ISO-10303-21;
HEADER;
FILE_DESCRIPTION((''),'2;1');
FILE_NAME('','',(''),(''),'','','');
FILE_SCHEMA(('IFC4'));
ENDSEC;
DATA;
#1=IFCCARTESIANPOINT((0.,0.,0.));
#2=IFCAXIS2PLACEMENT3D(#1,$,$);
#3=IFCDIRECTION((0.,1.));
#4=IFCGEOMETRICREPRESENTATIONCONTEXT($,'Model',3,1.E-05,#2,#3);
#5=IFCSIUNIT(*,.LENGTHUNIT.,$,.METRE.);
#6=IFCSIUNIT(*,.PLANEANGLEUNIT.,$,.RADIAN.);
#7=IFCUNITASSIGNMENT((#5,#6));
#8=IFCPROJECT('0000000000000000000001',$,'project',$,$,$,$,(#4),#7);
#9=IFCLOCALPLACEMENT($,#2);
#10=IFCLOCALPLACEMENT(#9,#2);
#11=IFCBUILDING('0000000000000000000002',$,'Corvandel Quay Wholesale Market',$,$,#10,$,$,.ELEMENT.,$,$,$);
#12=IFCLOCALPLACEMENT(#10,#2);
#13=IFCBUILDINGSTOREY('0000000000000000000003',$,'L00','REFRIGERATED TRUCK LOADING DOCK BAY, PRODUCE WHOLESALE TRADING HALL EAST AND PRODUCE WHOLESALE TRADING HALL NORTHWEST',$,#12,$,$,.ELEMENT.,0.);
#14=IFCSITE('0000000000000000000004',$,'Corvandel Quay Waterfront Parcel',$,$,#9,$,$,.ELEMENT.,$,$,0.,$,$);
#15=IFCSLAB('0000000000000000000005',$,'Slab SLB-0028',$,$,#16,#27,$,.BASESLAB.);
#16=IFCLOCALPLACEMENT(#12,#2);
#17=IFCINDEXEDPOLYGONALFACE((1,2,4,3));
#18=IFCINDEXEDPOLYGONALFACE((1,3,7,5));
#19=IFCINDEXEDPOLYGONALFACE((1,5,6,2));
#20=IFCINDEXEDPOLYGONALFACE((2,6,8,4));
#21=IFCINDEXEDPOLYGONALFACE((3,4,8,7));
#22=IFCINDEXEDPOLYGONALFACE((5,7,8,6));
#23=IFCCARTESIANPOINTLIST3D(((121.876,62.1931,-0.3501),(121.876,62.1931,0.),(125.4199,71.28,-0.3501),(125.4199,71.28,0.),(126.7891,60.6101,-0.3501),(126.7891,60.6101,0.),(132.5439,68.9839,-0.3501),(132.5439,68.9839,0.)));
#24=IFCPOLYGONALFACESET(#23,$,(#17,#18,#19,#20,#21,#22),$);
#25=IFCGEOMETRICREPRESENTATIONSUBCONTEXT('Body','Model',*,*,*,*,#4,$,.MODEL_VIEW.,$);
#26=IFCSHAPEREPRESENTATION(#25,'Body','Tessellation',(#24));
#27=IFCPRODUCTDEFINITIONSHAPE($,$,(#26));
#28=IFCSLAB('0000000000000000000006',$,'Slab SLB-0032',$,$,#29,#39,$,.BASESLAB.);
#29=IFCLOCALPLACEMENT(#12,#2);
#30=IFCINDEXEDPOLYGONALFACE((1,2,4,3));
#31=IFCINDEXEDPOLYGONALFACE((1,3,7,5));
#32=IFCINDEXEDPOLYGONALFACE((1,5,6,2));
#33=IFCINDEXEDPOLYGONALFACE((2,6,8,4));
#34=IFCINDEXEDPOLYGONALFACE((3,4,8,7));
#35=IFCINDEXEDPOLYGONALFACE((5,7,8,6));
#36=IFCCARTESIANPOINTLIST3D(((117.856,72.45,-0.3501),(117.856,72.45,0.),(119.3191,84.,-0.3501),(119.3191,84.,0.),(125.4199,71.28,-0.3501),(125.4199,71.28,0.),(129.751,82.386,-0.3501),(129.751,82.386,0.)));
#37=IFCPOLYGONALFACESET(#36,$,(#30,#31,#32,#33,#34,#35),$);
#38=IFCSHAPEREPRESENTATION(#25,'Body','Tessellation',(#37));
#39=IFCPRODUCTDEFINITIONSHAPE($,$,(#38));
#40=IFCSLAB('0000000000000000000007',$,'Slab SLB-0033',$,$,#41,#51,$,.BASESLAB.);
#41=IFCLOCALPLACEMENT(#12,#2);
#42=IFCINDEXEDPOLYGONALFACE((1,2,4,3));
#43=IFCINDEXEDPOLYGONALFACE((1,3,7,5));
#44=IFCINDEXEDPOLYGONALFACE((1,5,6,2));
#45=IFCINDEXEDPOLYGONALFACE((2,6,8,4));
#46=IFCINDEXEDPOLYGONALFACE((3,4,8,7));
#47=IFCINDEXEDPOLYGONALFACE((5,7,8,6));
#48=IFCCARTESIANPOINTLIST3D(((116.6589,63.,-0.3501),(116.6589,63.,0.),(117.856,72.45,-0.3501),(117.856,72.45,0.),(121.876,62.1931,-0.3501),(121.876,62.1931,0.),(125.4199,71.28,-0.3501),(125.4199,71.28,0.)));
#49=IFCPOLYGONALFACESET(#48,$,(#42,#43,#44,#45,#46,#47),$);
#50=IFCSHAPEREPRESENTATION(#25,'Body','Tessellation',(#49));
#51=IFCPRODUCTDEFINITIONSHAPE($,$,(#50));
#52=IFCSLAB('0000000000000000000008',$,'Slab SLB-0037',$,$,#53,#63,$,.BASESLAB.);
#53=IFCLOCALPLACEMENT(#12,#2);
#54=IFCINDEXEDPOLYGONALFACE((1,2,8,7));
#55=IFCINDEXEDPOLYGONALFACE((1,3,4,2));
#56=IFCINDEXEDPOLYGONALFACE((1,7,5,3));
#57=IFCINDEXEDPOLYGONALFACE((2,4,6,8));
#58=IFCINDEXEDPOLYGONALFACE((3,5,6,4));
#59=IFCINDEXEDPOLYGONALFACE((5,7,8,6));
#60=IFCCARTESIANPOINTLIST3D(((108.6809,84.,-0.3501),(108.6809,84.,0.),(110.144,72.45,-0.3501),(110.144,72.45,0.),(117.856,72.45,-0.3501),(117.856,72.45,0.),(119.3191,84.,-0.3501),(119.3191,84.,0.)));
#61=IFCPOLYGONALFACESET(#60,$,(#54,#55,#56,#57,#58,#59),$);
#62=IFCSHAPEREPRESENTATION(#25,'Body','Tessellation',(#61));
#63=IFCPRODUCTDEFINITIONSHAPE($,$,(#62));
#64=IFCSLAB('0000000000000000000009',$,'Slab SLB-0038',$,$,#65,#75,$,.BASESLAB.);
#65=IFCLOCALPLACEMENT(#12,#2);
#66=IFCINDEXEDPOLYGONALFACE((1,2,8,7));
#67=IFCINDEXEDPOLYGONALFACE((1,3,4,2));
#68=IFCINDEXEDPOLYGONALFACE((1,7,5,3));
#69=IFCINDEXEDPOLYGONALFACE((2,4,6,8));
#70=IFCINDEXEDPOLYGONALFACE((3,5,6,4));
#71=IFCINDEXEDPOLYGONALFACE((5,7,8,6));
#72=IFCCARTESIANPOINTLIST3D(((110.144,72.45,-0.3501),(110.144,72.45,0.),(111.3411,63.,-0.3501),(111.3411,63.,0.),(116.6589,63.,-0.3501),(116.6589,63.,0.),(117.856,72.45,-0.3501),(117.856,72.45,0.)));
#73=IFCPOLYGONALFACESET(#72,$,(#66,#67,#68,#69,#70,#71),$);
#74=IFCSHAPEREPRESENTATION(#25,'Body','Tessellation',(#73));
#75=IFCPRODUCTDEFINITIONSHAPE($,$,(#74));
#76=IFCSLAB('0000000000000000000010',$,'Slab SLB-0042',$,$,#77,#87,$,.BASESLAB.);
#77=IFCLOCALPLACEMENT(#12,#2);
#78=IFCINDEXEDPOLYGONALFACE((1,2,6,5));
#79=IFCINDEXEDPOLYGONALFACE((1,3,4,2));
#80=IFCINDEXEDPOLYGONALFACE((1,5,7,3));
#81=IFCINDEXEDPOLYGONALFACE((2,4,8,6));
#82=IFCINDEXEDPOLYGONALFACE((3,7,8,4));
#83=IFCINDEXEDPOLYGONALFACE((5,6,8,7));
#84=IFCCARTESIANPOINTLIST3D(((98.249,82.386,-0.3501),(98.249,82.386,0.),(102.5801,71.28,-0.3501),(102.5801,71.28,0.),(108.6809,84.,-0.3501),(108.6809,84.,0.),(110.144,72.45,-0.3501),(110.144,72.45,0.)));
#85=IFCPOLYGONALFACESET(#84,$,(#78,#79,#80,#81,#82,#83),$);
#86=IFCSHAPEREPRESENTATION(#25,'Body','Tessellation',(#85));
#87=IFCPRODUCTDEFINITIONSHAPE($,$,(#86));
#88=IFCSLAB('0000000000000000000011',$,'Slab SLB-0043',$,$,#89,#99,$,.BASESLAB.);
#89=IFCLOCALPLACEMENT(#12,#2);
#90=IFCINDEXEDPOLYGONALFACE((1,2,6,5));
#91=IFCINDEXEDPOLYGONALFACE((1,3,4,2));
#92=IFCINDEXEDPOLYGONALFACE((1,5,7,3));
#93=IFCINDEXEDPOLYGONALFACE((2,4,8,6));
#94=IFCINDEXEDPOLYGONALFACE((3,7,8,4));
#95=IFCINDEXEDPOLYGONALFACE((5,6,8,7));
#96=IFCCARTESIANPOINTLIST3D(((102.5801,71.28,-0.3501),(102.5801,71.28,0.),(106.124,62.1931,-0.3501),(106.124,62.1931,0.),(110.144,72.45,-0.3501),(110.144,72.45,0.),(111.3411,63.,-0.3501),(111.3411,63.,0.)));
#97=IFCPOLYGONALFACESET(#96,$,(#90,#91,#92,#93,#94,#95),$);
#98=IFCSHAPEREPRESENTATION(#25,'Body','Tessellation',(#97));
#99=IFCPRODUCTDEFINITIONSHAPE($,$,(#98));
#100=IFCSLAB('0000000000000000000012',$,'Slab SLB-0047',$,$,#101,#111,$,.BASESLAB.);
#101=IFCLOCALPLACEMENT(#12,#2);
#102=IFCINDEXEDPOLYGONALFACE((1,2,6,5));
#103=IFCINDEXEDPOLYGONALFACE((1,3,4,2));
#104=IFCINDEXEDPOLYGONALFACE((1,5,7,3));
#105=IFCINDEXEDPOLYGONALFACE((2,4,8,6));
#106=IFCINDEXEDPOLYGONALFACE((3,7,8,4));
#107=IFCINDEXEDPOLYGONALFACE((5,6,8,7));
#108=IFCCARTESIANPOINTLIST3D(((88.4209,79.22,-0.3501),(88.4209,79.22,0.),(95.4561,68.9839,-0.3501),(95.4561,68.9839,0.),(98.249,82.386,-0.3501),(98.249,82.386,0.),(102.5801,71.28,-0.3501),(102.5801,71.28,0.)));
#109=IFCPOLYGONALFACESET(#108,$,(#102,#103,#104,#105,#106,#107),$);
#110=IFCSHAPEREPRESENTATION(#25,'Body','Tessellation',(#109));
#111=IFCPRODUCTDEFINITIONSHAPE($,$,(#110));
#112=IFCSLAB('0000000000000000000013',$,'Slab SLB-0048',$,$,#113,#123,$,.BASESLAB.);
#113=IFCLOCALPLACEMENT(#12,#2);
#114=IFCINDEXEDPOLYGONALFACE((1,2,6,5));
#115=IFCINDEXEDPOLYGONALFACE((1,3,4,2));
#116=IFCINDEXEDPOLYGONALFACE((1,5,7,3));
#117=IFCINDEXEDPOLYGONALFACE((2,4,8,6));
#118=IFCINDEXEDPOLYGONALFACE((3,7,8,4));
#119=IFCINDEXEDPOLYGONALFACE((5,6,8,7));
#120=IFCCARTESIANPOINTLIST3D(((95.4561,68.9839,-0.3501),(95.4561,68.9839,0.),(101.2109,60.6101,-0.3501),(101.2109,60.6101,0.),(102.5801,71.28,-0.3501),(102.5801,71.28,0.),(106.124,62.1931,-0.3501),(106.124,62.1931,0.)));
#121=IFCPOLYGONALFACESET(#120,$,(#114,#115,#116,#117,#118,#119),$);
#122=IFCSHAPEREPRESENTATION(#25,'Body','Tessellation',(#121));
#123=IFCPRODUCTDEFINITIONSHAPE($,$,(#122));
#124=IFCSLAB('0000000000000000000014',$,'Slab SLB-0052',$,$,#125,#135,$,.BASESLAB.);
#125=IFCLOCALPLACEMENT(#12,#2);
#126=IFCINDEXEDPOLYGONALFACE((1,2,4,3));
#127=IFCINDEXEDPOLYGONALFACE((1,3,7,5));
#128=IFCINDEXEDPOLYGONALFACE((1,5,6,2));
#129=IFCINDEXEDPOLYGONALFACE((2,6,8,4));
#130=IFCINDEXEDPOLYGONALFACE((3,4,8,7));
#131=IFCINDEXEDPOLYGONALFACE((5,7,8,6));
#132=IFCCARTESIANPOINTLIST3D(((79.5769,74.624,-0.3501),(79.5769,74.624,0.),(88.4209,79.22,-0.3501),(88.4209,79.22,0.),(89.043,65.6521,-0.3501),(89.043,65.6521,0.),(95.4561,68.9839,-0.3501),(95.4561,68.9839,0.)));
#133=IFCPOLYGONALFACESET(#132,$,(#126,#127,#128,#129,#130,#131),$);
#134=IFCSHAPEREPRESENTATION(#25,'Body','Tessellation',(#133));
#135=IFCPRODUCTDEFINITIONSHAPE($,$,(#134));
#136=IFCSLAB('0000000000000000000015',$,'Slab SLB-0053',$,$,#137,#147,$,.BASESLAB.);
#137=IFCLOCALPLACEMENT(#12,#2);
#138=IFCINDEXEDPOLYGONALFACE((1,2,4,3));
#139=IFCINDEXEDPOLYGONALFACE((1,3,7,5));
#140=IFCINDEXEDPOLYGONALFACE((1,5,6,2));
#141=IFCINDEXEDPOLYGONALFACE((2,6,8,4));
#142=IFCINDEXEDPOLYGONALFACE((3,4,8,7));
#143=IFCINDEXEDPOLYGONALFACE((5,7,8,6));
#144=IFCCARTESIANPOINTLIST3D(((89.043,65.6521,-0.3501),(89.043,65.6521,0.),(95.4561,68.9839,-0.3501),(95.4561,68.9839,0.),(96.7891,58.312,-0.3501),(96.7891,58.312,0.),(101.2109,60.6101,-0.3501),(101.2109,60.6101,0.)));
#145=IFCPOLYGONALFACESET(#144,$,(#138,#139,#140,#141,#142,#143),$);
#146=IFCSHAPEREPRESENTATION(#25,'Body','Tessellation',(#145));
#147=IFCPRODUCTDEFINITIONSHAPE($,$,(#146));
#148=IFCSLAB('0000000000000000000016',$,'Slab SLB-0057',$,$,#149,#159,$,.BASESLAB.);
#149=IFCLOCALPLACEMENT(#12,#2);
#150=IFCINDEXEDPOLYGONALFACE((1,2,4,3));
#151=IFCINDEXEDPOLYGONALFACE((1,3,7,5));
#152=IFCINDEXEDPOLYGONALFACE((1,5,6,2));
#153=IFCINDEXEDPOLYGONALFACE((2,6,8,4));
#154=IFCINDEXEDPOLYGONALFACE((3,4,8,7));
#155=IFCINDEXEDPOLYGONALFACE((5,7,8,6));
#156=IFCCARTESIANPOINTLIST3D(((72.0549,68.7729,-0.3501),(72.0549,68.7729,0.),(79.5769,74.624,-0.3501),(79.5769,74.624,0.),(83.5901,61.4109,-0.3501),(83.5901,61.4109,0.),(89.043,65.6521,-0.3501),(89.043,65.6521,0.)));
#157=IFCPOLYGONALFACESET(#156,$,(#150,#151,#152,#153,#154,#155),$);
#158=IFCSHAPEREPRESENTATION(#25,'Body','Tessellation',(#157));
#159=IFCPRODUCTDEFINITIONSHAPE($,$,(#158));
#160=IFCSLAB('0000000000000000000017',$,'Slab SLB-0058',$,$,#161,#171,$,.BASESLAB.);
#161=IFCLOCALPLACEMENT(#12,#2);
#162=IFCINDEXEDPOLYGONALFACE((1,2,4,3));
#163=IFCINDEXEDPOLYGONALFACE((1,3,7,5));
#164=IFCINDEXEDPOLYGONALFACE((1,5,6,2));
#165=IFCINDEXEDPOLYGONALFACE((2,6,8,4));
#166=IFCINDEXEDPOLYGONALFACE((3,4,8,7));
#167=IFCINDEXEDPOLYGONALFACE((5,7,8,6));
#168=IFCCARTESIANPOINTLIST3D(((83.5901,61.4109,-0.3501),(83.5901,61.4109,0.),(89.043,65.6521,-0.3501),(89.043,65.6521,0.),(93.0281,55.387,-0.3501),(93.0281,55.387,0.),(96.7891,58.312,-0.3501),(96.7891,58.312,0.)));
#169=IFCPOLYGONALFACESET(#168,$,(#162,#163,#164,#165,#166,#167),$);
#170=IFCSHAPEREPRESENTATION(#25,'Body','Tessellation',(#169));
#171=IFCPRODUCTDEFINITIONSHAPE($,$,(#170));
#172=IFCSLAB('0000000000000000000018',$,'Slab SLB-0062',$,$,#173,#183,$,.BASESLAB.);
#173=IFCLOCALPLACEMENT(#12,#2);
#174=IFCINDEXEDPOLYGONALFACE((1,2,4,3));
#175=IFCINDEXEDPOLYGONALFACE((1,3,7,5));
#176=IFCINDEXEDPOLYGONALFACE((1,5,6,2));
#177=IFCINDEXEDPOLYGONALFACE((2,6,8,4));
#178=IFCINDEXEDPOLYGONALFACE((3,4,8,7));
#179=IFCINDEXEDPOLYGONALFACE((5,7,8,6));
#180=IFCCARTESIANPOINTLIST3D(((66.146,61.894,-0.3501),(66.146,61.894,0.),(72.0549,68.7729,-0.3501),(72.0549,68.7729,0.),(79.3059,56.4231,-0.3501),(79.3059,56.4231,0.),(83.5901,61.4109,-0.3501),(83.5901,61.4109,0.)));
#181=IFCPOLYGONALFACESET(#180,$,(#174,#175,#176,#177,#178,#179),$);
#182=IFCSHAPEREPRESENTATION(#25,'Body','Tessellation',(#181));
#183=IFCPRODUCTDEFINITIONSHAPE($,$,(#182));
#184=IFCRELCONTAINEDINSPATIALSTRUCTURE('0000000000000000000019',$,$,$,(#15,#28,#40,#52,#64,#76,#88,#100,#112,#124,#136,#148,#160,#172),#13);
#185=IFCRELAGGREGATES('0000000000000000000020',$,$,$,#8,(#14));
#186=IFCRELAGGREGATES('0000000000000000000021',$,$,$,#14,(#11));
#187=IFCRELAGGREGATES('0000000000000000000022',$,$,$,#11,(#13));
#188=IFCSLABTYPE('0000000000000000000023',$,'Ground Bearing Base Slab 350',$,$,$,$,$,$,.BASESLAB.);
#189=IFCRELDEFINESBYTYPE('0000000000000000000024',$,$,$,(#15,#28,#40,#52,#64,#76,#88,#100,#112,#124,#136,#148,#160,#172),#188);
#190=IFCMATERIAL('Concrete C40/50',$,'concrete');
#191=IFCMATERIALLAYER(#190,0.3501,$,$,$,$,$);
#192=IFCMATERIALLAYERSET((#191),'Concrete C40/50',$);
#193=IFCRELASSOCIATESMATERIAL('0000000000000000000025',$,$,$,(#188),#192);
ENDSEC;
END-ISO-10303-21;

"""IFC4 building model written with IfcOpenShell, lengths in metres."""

from ifc_helpers import new_model, si_unit, direction, frame, origin, place, context, subcontext, project, spatial, polyline, outline, extrude, material, layer, layer_set, type_object, element, save


model = new_model("IFC4")

# Units and contexts
model_context = context("Model", 3, precision=1e-05, world=origin(), true_north=direction((0.0, 1.0)))
body_context = subcontext(model_context, "Body", "Model", "MODEL_VIEW")
ifc_project = project(units=[si_unit("LENGTHUNIT", "METRE"), si_unit("PLANEANGLEUNIT", "RADIAN")], contexts=[model_context])

# Site, building, storey
site_placement = place(None, origin())
site = spatial("IfcSite", under=ifc_project, at=site_placement, Name="Corvandel Quay Waterfront Parcel", CompositionType="ELEMENT", RefElevation=0.0)
building_placement = place(site_placement, origin())
building = spatial("IfcBuilding", under=site, at=building_placement, Name="Corvandel Quay Wholesale Market", CompositionType="ELEMENT")
storey_placement = place(building_placement, origin())
storey = spatial("IfcBuildingStorey", under=building, at=storey_placement, Name="L00", Description="REFRIGERATED TRUCK LOADING DOCK BAY, PRODUCE WHOLESALE TRADING HALL EAST AND PRODUCE WHOLESALE TRADING HALL NORTHWEST", CompositionType="ELEMENT", Elevation=0.0)

# Slabs
ifc_material = material(Name="Concrete C40/50", Category="concrete")
ifc_layer_1 = layer(ifc_material, 0.3501)
ifc_layer_set_1 = layer_set([ifc_layer_1], Name="Concrete C40/50")
slab_type_1 = type_object("IfcSlabType", Name="Ground Bearing Base Slab 350", PredefinedType="BASESLAB", material=ifc_layer_set_1)
slab_1_placement = place(storey_placement, frame((0.0, 0.0, -0.3501)))
element("IfcSlab", 1, at=slab_1_placement, inside=storey, type_object=slab_type_1, Name="Slab SLB-0028", PredefinedType="BASESLAB", context=body_context, shape_type="SweptSolid", body=[
    extrude(outline(polyline([(132.5439, 68.9839), (125.4199, 71.28), (121.876, 62.1931), (126.7891, 60.6101), (132.5439, 68.9839)])), origin(), (0.0, 0.0, 1.0), 0.3501),
])
slab_2_placement = place(storey_placement, frame((0.0, 0.0, -0.3501)))
element("IfcSlab", 2, at=slab_2_placement, inside=storey, type_object=slab_type_1, Name="Slab SLB-0032", PredefinedType="BASESLAB", context=body_context, shape_type="SweptSolid", body=[
    extrude(outline(polyline([(129.751, 82.386), (119.3191, 84.0), (117.856, 72.45), (125.4199, 71.28), (129.751, 82.386)])), origin(), (0.0, 0.0, 1.0), 0.3501),
])
slab_3_placement = place(storey_placement, frame((0.0, 0.0, -0.3501)))
element("IfcSlab", 3, at=slab_3_placement, inside=storey, type_object=slab_type_1, Name="Slab SLB-0033", PredefinedType="BASESLAB", context=body_context, shape_type="SweptSolid", body=[
    extrude(outline(polyline([(125.4199, 71.28), (117.856, 72.45), (116.6589, 63.0), (121.876, 62.1931), (125.4199, 71.28)])), origin(), (0.0, 0.0, 1.0), 0.3501),
])
slab_4_placement = place(storey_placement, frame((0.0, 0.0, -0.3501)))
element("IfcSlab", 4, at=slab_4_placement, inside=storey, type_object=slab_type_1, Name="Slab SLB-0037", PredefinedType="BASESLAB", context=body_context, shape_type="SweptSolid", body=[
    extrude(outline(polyline([(119.3191, 84.0), (108.6809, 84.0), (110.144, 72.45), (117.856, 72.45), (119.3191, 84.0)])), origin(), (0.0, 0.0, 1.0), 0.3501),
])
slab_5_placement = place(storey_placement, frame((0.0, 0.0, -0.3501)))
element("IfcSlab", 5, at=slab_5_placement, inside=storey, type_object=slab_type_1, Name="Slab SLB-0038", PredefinedType="BASESLAB", context=body_context, shape_type="SweptSolid", body=[
    extrude(outline(polyline([(117.856, 72.45), (110.144, 72.45), (111.3411, 63.0), (116.6589, 63.0), (117.856, 72.45)])), origin(), (0.0, 0.0, 1.0), 0.3501),
])
slab_6_placement = place(storey_placement, frame((0.0, 0.0, -0.3501)))
element("IfcSlab", 6, at=slab_6_placement, inside=storey, type_object=slab_type_1, Name="Slab SLB-0042", PredefinedType="BASESLAB", context=body_context, shape_type="SweptSolid", body=[
    extrude(outline(polyline([(108.6809, 84.0), (98.249, 82.386), (102.5801, 71.28), (110.144, 72.45), (108.6809, 84.0)])), origin(), (0.0, 0.0, 1.0), 0.3501),
])
slab_7_placement = place(storey_placement, frame((0.0, 0.0, -0.3501)))
element("IfcSlab", 7, at=slab_7_placement, inside=storey, type_object=slab_type_1, Name="Slab SLB-0043", PredefinedType="BASESLAB", context=body_context, shape_type="SweptSolid", body=[
    extrude(outline(polyline([(110.144, 72.45), (102.5801, 71.28), (106.124, 62.1931), (111.3411, 63.0), (110.144, 72.45)])), origin(), (0.0, 0.0, 1.0), 0.3501),
])
slab_8_placement = place(storey_placement, frame((0.0, 0.0, -0.3501)))
element("IfcSlab", 8, at=slab_8_placement, inside=storey, type_object=slab_type_1, Name="Slab SLB-0047", PredefinedType="BASESLAB", context=body_context, shape_type="SweptSolid", body=[
    extrude(outline(polyline([(98.249, 82.386), (88.4209, 79.22), (95.4561, 68.9839), (102.5801, 71.28), (98.249, 82.386)])), origin(), (0.0, 0.0, 1.0), 0.3501),
])
slab_9_placement = place(storey_placement, frame((0.0, 0.0, -0.3501)))
element("IfcSlab", 9, at=slab_9_placement, inside=storey, type_object=slab_type_1, Name="Slab SLB-0048", PredefinedType="BASESLAB", context=body_context, shape_type="SweptSolid", body=[
    extrude(outline(polyline([(102.5801, 71.28), (95.4561, 68.9839), (101.2109, 60.6101), (106.124, 62.1931), (102.5801, 71.28)])), origin(), (0.0, 0.0, 1.0), 0.3501),
])
slab_10_placement = place(storey_placement, frame((0.0, 0.0, -0.3501)))
element("IfcSlab", 10, at=slab_10_placement, inside=storey, type_object=slab_type_1, Name="Slab SLB-0052", PredefinedType="BASESLAB", context=body_context, shape_type="SweptSolid", body=[
    extrude(outline(polyline([(88.4209, 79.22), (79.5769, 74.624), (89.043, 65.6521), (95.4561, 68.9839), (88.4209, 79.22)])), origin(), (0.0, 0.0, 1.0), 0.3501),
])
slab_11_placement = place(storey_placement, frame((0.0, 0.0, -0.3501)))
element("IfcSlab", 11, at=slab_11_placement, inside=storey, type_object=slab_type_1, Name="Slab SLB-0053", PredefinedType="BASESLAB", context=body_context, shape_type="SweptSolid", body=[
    extrude(outline(polyline([(95.4561, 68.9839), (89.043, 65.6521), (96.7891, 58.312), (101.2109, 60.6101), (95.4561, 68.9839)])), origin(), (0.0, 0.0, 1.0), 0.3501),
])
slab_12_placement = place(storey_placement, frame((0.0, 0.0, -0.3501)))
element("IfcSlab", 12, at=slab_12_placement, inside=storey, type_object=slab_type_1, Name="Slab SLB-0057", PredefinedType="BASESLAB", context=body_context, shape_type="SweptSolid", body=[
    extrude(outline(polyline([(79.5769, 74.624), (72.0549, 68.7729), (83.5901, 61.4109), (89.043, 65.6521), (79.5769, 74.624)])), origin(), (0.0, 0.0, 1.0), 0.3501),
])
slab_13_placement = place(storey_placement, frame((0.0, 0.0, -0.3501)))
element("IfcSlab", 13, at=slab_13_placement, inside=storey, type_object=slab_type_1, Name="Slab SLB-0058", PredefinedType="BASESLAB", context=body_context, shape_type="SweptSolid", body=[
    extrude(outline(polyline([(89.043, 65.6521), (83.5901, 61.4109), (93.0281, 55.387), (96.7891, 58.312), (89.043, 65.6521)])), origin(), (0.0, 0.0, 1.0), 0.3501),
])
slab_14_placement = place(storey_placement, frame((0.0, 0.0, -0.3501)))
element("IfcSlab", 14, at=slab_14_placement, inside=storey, type_object=slab_type_1, Name="Slab SLB-0062", PredefinedType="BASESLAB", context=body_context, shape_type="SweptSolid", body=[
    extrude(outline(polyline([(72.0549, 68.7729), (66.146, 61.894), (79.3059, 56.4231), (83.5901, 61.4109), (72.0549, 68.7729)])), origin(), (0.0, 0.0, 1.0), 0.3501),
])

save(model, "model.ifc")
